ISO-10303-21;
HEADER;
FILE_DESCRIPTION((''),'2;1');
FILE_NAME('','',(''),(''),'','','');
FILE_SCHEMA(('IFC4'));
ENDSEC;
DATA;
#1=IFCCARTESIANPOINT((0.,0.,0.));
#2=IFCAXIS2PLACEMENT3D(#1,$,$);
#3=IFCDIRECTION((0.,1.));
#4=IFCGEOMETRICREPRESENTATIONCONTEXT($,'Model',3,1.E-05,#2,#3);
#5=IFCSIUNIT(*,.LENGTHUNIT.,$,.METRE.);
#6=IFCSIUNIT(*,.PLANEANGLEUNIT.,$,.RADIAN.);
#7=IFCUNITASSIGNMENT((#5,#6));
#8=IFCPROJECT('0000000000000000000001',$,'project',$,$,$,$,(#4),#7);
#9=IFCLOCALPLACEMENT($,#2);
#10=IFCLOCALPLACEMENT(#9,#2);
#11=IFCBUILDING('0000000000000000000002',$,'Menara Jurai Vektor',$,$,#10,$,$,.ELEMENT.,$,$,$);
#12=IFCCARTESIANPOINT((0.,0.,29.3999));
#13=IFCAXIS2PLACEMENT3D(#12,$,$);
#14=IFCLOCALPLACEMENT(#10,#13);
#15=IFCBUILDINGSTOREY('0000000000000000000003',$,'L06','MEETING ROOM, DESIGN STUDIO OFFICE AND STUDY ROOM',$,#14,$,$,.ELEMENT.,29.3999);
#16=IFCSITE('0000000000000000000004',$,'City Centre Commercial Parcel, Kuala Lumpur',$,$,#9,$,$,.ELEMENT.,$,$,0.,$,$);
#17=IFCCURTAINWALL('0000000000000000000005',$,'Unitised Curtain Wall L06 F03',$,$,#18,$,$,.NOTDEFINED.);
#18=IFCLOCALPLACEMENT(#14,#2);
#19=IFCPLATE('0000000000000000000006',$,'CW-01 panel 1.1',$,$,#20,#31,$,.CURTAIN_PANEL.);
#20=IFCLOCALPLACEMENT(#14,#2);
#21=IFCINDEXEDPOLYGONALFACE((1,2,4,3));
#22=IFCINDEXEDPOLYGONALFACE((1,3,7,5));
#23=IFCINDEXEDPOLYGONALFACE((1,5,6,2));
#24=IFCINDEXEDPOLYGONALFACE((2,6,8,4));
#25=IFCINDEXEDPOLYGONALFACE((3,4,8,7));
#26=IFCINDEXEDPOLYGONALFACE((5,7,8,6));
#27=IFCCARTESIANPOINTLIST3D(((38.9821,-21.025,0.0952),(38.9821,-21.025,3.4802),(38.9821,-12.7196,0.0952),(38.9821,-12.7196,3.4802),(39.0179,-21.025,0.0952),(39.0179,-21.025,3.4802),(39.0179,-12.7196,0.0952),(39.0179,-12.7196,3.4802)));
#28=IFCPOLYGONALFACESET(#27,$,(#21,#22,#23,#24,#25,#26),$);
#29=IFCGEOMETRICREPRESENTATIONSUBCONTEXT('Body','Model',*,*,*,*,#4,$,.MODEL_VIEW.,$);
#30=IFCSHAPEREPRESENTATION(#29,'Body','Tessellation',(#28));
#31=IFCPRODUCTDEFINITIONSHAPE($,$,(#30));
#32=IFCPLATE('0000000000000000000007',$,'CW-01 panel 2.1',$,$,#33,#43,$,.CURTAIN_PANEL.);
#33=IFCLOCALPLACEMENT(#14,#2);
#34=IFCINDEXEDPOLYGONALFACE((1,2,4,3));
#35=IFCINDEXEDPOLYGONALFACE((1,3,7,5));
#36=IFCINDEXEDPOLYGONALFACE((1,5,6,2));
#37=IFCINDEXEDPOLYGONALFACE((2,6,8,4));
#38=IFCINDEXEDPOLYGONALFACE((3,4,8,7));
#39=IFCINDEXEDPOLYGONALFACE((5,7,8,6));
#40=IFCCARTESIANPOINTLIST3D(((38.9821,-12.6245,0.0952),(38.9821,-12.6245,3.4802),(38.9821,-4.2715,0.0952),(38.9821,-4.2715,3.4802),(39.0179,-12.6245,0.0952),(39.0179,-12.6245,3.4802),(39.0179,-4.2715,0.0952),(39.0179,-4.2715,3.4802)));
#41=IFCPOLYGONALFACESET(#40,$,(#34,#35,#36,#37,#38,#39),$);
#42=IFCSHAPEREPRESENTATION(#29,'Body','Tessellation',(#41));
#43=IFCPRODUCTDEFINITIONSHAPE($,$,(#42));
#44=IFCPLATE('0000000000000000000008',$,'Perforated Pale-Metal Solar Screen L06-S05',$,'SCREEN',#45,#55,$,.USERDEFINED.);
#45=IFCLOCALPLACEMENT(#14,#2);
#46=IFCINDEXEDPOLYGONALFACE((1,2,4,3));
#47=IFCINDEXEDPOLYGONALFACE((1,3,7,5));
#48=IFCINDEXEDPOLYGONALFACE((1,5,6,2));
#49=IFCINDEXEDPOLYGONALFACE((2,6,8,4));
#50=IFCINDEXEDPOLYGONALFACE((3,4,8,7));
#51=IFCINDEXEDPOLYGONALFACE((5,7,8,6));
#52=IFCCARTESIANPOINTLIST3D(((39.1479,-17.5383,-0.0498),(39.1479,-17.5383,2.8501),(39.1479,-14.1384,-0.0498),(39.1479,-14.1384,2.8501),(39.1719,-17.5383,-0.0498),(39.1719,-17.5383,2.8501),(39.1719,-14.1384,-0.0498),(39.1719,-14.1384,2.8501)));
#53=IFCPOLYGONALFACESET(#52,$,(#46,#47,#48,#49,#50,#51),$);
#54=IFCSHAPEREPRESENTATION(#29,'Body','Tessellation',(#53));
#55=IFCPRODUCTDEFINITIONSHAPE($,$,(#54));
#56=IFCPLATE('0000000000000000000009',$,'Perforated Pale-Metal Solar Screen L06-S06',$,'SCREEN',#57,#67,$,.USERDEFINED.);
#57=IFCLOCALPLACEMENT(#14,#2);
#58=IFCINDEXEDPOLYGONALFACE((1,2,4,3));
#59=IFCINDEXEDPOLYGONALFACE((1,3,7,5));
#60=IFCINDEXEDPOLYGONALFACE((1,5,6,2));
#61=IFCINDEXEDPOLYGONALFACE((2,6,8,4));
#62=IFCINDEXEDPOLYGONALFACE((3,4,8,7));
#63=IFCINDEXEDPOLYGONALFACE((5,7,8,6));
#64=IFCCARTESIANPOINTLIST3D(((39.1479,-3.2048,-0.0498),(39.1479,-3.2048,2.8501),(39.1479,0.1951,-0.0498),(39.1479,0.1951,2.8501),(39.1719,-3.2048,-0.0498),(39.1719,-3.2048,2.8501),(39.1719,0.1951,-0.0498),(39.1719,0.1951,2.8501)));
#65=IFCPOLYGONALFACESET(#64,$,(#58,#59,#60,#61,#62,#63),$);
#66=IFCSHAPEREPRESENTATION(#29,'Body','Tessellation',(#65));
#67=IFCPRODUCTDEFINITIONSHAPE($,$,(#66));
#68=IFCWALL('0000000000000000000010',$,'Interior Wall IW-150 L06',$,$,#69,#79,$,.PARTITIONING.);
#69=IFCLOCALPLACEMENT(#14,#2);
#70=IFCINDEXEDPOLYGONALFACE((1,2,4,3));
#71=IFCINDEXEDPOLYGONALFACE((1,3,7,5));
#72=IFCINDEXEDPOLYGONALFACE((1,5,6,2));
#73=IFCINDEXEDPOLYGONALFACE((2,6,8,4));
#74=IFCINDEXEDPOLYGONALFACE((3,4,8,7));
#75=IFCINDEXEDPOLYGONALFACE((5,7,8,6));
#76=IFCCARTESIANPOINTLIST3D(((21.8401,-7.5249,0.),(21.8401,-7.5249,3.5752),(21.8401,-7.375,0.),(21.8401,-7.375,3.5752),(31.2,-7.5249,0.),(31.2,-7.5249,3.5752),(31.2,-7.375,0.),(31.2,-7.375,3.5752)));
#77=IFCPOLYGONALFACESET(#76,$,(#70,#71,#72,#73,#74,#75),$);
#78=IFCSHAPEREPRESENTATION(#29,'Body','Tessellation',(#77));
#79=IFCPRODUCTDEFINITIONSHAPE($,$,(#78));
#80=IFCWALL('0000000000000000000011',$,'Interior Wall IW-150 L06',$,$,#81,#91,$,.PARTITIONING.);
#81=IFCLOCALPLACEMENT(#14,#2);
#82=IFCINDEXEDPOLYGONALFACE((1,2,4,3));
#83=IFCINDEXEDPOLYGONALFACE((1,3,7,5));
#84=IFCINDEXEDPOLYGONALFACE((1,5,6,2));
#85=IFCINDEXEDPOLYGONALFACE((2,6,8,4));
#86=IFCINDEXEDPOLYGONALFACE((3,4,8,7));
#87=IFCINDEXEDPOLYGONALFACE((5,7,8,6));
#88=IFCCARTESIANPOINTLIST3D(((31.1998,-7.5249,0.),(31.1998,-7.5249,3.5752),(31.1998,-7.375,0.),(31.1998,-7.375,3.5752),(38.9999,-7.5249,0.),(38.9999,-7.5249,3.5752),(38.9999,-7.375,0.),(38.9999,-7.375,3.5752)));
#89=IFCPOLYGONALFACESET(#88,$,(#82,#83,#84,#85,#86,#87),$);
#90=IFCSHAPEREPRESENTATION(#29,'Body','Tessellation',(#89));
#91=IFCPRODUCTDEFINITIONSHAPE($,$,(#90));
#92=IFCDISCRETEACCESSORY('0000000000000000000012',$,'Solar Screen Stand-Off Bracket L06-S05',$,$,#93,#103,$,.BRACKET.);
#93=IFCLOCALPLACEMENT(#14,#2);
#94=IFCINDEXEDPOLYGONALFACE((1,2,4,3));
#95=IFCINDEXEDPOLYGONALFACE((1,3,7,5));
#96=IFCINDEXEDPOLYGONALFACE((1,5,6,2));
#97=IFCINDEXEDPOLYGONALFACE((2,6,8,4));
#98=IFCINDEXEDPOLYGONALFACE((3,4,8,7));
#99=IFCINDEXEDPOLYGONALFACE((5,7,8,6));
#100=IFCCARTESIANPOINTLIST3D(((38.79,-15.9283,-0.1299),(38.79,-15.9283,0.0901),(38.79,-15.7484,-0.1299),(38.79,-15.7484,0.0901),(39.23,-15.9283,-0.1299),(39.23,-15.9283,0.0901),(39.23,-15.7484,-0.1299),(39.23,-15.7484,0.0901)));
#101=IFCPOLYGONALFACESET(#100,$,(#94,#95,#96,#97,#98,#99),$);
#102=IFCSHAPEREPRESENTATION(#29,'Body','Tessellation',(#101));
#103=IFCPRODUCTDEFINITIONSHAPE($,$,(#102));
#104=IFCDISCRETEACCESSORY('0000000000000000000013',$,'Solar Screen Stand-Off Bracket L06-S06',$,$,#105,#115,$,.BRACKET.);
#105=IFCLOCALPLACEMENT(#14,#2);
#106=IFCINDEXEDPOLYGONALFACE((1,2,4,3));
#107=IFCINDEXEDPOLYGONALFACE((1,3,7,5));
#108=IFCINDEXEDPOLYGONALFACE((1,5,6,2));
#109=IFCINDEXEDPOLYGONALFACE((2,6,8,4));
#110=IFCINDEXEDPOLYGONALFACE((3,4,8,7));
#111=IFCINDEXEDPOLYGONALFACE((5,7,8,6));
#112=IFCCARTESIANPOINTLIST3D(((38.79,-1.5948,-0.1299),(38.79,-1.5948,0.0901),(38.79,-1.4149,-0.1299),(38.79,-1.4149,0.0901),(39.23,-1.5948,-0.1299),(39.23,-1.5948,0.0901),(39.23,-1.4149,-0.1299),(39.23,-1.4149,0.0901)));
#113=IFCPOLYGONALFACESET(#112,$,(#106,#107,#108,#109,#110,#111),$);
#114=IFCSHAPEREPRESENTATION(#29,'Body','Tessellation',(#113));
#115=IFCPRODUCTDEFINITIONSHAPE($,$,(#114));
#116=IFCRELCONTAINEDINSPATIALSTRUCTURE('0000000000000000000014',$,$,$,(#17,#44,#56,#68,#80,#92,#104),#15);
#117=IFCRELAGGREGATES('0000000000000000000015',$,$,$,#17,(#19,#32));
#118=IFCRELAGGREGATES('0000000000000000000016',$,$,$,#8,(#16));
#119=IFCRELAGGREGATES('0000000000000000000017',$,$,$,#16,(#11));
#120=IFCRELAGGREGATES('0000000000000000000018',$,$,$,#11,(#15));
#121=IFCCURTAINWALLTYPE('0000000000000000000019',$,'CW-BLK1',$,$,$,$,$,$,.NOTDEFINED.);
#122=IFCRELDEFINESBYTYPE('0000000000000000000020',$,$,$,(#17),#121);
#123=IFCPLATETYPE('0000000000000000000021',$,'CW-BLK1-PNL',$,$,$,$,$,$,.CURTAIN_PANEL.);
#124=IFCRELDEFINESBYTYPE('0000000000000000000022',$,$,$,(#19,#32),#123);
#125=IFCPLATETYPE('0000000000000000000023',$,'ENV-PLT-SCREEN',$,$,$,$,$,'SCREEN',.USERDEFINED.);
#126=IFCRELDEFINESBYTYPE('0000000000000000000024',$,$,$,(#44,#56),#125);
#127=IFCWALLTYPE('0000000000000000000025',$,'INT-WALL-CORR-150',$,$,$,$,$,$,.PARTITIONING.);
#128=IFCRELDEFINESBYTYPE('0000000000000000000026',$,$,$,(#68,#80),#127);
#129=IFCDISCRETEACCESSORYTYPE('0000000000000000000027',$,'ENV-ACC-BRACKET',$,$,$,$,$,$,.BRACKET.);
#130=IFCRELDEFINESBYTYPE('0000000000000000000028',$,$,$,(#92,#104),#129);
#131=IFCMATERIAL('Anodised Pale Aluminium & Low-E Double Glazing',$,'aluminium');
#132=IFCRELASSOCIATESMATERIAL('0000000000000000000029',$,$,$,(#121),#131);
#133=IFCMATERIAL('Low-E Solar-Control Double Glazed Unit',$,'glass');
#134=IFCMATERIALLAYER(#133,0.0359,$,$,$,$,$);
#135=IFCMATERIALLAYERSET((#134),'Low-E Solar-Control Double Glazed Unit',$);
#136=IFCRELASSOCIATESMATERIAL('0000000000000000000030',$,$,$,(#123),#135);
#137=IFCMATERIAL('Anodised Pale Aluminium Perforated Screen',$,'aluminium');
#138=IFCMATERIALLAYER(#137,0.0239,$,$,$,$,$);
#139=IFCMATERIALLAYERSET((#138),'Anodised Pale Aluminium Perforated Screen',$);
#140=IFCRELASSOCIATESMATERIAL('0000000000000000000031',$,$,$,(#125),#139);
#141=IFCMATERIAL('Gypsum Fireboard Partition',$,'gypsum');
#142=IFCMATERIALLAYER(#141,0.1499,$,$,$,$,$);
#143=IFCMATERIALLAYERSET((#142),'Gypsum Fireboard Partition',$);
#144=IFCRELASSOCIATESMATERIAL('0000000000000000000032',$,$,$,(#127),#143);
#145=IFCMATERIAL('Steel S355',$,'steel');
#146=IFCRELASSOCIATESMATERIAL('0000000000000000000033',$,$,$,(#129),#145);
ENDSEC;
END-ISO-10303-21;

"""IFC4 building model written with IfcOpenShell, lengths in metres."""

from ifc_helpers import new_model, si_unit, direction, frame, frame_2d, origin, origin_2d, place, context, subcontext, project, spatial, rectangle, extrude, material, layer, layer_set, type_object, element, aggregate, save


model = new_model("IFC4")

# Units and contexts
model_context = context("Model", 3, precision=1e-05, world=origin(), true_north=direction((0.0, 1.0)))
body_context = subcontext(model_context, "Body", "Model", "MODEL_VIEW")
ifc_project = project(units=[si_unit("LENGTHUNIT", "METRE"), si_unit("PLANEANGLEUNIT", "RADIAN")], contexts=[model_context])

# Site, building, storey
site_placement = place(None, origin())
site = spatial("IfcSite", under=ifc_project, at=site_placement, Name="City Centre Commercial Parcel, Kuala Lumpur", CompositionType="ELEMENT", RefElevation=0.0)
building_placement = place(site_placement, origin())
building = spatial("IfcBuilding", under=site, at=building_placement, Name="Menara Jurai Vektor", CompositionType="ELEMENT")
storey_placement = place(building_placement, frame((0.0, 0.0, 29.3999)))
storey = spatial("IfcBuildingStorey", under=building, at=storey_placement, Name="L06", Description="MEETING ROOM, DESIGN STUDIO OFFICE AND STUDY ROOM", CompositionType="ELEMENT", Elevation=29.3999)

# Curtain wall
ifc_material_1 = material(Name="Anodised Pale Aluminium & Low-E Double Glazing", Category="aluminium")
curtain_wall_type = type_object("IfcCurtainWallType", Name="CW-BLK1", PredefinedType="NOTDEFINED", material=ifc_material_1)
curtain_wall_placement = place(storey_placement, origin())
curtain_wall = element("IfcCurtainWall", 1, at=curtain_wall_placement, inside=storey, type_object=curtain_wall_type, Name="Unitised Curtain Wall L06 F03", PredefinedType="NOTDEFINED")

# Shared definitions
ifc_material_2 = material(Name="Steel S355", Category="steel")

# Plates
ifc_material_3 = material(Name="Low-E Solar-Control Double Glazed Unit", Category="glass")
ifc_layer_1 = layer(ifc_material_3, 0.0359)
ifc_layer_set_1 = layer_set([ifc_layer_1], Name="Low-E Solar-Control Double Glazed Unit")
plate_type_1 = type_object("IfcPlateType", Name="CW-BLK1-PNL", PredefinedType="CURTAIN_PANEL", material=ifc_layer_set_1)
plate_1_placement = place(storey_placement, frame((39.0, -16.8723, 0.0952), z_axis=(0.0, 0.0, 1.0), x_axis=(0.0, 1.0, 0.0)))
plate_1 = element("IfcPlate", 2, at=plate_1_placement, type_object=plate_type_1, Name="CW-01 panel 1.1", PredefinedType="CURTAIN_PANEL", context=body_context, shape_type="SweptSolid", body=[
    extrude(rectangle(XDim=8.3054, YDim=0.0359, at=origin_2d()), origin(), (0.0, 0.0, 1.0), 3.385),
])
plate_2_placement = place(storey_placement, frame((39.0, -8.448, 0.0952), z_axis=(0.0, 0.0, 1.0), x_axis=(0.0, 1.0, 0.0)))
plate_2 = element("IfcPlate", 3, at=plate_2_placement, type_object=plate_type_1, Name="CW-01 panel 2.1", PredefinedType="CURTAIN_PANEL", context=body_context, shape_type="SweptSolid", body=[
    extrude(rectangle(XDim=8.353, YDim=0.0359, at=origin_2d()), origin(), (0.0, 0.0, 1.0), 3.385),
])
aggregate(curtain_wall, [plate_1, plate_2])

# Plates
ifc_material_4 = material(Name="Anodised Pale Aluminium Perforated Screen", Category="aluminium")
ifc_layer_2 = layer(ifc_material_4, 0.0239)
ifc_layer_set_2 = layer_set([ifc_layer_2], Name="Anodised Pale Aluminium Perforated Screen")
plate_type_2 = type_object("IfcPlateType", Name="ENV-PLT-SCREEN", ElementType="SCREEN", PredefinedType="USERDEFINED", material=ifc_layer_set_2)
for number, where, z_axis, x_axis, name in (
    (4, (39.1599, -15.8384, -0.0498), (0.0, 0.0, 1.0), (0.0, 1.0, 0.0), "Perforated Pale-Metal Solar Screen L06-S05"),
    (5, (39.1599, -1.5049, -0.0498), (0.0, 0.0, 1.0), (0.0, 1.0, 0.0), "Perforated Pale-Metal Solar Screen L06-S06"),
):
    element("IfcPlate", number, at=place(storey_placement, frame(where, z_axis=z_axis, x_axis=x_axis)), inside=storey, type_object=plate_type_2, Name=name, ObjectType="SCREEN", PredefinedType="USERDEFINED", context=body_context, shape_type="SweptSolid", body=[
        extrude(rectangle(XDim=3.3999, YDim=0.0239, at=origin_2d()), origin(), (0.0, 0.0, 1.0), 2.8999),
    ])

# Walls
ifc_material_5 = material(Name="Gypsum Fireboard Partition", Category="gypsum")
ifc_layer_3 = layer(ifc_material_5, 0.1499)
ifc_layer_set_3 = layer_set([ifc_layer_3], Name="Gypsum Fireboard Partition")
wall_type = type_object("IfcWallType", Name="INT-WALL-CORR-150", PredefinedType="PARTITIONING", material=ifc_layer_set_3)
wall_1_placement = place(storey_placement, frame((21.8401, -7.45, 0.0), z_axis=(0.0, 0.0, 1.0), x_axis=(1.0, 0.0, 0.0)))
element("IfcWall", 6, at=wall_1_placement, inside=storey, type_object=wall_type, Name="Interior Wall IW-150 L06", PredefinedType="PARTITIONING", context=body_context, shape_type="SweptSolid", body=[
    extrude(rectangle(XDim=9.3599, YDim=0.1499, at=frame_2d((4.6799, 0.0))), origin(), (0.0, 0.0, 1.0), 3.5752),
])
wall_2_placement = place(storey_placement, frame((31.2, -7.45, 0.0), z_axis=(0.0, 0.0, 1.0), x_axis=(1.0, 0.0, 0.0)))
element("IfcWall", 7, at=wall_2_placement, inside=storey, type_object=wall_type, Name="Interior Wall IW-150 L06", PredefinedType="PARTITIONING", context=body_context, shape_type="SweptSolid", body=[
    extrude(rectangle(XDim=7.8, YDim=0.1499, at=frame_2d((3.8999, 0.0))), origin(), (0.0, 0.0, 1.0), 3.5752),
])

# Discrete accessories
discrete_accessory_type = type_object("IfcDiscreteAccessoryType", Name="ENV-ACC-BRACKET", PredefinedType="BRACKET", material=ifc_material_2)
for number, where, z_axis, x_axis, name in (
    (8, (39.01, -15.8384, -0.1299), (0.0, 0.0, 1.0), (0.0, 1.0, 0.0), "Solar Screen Stand-Off Bracket L06-S05"),
    (9, (39.01, -1.5049, -0.1299), (0.0, 0.0, 1.0), (0.0, 1.0, 0.0), "Solar Screen Stand-Off Bracket L06-S06"),
):
    element("IfcDiscreteAccessory", number, at=place(storey_placement, frame(where, z_axis=z_axis, x_axis=x_axis)), inside=storey, type_object=discrete_accessory_type, Name=name, PredefinedType="BRACKET", context=body_context, shape_type="SweptSolid", body=[
        extrude(rectangle(XDim=0.1799, YDim=0.4399, at=origin_2d()), origin(), (0.0, 0.0, 1.0), 0.22),
    ])

save(model, "model.ifc")
